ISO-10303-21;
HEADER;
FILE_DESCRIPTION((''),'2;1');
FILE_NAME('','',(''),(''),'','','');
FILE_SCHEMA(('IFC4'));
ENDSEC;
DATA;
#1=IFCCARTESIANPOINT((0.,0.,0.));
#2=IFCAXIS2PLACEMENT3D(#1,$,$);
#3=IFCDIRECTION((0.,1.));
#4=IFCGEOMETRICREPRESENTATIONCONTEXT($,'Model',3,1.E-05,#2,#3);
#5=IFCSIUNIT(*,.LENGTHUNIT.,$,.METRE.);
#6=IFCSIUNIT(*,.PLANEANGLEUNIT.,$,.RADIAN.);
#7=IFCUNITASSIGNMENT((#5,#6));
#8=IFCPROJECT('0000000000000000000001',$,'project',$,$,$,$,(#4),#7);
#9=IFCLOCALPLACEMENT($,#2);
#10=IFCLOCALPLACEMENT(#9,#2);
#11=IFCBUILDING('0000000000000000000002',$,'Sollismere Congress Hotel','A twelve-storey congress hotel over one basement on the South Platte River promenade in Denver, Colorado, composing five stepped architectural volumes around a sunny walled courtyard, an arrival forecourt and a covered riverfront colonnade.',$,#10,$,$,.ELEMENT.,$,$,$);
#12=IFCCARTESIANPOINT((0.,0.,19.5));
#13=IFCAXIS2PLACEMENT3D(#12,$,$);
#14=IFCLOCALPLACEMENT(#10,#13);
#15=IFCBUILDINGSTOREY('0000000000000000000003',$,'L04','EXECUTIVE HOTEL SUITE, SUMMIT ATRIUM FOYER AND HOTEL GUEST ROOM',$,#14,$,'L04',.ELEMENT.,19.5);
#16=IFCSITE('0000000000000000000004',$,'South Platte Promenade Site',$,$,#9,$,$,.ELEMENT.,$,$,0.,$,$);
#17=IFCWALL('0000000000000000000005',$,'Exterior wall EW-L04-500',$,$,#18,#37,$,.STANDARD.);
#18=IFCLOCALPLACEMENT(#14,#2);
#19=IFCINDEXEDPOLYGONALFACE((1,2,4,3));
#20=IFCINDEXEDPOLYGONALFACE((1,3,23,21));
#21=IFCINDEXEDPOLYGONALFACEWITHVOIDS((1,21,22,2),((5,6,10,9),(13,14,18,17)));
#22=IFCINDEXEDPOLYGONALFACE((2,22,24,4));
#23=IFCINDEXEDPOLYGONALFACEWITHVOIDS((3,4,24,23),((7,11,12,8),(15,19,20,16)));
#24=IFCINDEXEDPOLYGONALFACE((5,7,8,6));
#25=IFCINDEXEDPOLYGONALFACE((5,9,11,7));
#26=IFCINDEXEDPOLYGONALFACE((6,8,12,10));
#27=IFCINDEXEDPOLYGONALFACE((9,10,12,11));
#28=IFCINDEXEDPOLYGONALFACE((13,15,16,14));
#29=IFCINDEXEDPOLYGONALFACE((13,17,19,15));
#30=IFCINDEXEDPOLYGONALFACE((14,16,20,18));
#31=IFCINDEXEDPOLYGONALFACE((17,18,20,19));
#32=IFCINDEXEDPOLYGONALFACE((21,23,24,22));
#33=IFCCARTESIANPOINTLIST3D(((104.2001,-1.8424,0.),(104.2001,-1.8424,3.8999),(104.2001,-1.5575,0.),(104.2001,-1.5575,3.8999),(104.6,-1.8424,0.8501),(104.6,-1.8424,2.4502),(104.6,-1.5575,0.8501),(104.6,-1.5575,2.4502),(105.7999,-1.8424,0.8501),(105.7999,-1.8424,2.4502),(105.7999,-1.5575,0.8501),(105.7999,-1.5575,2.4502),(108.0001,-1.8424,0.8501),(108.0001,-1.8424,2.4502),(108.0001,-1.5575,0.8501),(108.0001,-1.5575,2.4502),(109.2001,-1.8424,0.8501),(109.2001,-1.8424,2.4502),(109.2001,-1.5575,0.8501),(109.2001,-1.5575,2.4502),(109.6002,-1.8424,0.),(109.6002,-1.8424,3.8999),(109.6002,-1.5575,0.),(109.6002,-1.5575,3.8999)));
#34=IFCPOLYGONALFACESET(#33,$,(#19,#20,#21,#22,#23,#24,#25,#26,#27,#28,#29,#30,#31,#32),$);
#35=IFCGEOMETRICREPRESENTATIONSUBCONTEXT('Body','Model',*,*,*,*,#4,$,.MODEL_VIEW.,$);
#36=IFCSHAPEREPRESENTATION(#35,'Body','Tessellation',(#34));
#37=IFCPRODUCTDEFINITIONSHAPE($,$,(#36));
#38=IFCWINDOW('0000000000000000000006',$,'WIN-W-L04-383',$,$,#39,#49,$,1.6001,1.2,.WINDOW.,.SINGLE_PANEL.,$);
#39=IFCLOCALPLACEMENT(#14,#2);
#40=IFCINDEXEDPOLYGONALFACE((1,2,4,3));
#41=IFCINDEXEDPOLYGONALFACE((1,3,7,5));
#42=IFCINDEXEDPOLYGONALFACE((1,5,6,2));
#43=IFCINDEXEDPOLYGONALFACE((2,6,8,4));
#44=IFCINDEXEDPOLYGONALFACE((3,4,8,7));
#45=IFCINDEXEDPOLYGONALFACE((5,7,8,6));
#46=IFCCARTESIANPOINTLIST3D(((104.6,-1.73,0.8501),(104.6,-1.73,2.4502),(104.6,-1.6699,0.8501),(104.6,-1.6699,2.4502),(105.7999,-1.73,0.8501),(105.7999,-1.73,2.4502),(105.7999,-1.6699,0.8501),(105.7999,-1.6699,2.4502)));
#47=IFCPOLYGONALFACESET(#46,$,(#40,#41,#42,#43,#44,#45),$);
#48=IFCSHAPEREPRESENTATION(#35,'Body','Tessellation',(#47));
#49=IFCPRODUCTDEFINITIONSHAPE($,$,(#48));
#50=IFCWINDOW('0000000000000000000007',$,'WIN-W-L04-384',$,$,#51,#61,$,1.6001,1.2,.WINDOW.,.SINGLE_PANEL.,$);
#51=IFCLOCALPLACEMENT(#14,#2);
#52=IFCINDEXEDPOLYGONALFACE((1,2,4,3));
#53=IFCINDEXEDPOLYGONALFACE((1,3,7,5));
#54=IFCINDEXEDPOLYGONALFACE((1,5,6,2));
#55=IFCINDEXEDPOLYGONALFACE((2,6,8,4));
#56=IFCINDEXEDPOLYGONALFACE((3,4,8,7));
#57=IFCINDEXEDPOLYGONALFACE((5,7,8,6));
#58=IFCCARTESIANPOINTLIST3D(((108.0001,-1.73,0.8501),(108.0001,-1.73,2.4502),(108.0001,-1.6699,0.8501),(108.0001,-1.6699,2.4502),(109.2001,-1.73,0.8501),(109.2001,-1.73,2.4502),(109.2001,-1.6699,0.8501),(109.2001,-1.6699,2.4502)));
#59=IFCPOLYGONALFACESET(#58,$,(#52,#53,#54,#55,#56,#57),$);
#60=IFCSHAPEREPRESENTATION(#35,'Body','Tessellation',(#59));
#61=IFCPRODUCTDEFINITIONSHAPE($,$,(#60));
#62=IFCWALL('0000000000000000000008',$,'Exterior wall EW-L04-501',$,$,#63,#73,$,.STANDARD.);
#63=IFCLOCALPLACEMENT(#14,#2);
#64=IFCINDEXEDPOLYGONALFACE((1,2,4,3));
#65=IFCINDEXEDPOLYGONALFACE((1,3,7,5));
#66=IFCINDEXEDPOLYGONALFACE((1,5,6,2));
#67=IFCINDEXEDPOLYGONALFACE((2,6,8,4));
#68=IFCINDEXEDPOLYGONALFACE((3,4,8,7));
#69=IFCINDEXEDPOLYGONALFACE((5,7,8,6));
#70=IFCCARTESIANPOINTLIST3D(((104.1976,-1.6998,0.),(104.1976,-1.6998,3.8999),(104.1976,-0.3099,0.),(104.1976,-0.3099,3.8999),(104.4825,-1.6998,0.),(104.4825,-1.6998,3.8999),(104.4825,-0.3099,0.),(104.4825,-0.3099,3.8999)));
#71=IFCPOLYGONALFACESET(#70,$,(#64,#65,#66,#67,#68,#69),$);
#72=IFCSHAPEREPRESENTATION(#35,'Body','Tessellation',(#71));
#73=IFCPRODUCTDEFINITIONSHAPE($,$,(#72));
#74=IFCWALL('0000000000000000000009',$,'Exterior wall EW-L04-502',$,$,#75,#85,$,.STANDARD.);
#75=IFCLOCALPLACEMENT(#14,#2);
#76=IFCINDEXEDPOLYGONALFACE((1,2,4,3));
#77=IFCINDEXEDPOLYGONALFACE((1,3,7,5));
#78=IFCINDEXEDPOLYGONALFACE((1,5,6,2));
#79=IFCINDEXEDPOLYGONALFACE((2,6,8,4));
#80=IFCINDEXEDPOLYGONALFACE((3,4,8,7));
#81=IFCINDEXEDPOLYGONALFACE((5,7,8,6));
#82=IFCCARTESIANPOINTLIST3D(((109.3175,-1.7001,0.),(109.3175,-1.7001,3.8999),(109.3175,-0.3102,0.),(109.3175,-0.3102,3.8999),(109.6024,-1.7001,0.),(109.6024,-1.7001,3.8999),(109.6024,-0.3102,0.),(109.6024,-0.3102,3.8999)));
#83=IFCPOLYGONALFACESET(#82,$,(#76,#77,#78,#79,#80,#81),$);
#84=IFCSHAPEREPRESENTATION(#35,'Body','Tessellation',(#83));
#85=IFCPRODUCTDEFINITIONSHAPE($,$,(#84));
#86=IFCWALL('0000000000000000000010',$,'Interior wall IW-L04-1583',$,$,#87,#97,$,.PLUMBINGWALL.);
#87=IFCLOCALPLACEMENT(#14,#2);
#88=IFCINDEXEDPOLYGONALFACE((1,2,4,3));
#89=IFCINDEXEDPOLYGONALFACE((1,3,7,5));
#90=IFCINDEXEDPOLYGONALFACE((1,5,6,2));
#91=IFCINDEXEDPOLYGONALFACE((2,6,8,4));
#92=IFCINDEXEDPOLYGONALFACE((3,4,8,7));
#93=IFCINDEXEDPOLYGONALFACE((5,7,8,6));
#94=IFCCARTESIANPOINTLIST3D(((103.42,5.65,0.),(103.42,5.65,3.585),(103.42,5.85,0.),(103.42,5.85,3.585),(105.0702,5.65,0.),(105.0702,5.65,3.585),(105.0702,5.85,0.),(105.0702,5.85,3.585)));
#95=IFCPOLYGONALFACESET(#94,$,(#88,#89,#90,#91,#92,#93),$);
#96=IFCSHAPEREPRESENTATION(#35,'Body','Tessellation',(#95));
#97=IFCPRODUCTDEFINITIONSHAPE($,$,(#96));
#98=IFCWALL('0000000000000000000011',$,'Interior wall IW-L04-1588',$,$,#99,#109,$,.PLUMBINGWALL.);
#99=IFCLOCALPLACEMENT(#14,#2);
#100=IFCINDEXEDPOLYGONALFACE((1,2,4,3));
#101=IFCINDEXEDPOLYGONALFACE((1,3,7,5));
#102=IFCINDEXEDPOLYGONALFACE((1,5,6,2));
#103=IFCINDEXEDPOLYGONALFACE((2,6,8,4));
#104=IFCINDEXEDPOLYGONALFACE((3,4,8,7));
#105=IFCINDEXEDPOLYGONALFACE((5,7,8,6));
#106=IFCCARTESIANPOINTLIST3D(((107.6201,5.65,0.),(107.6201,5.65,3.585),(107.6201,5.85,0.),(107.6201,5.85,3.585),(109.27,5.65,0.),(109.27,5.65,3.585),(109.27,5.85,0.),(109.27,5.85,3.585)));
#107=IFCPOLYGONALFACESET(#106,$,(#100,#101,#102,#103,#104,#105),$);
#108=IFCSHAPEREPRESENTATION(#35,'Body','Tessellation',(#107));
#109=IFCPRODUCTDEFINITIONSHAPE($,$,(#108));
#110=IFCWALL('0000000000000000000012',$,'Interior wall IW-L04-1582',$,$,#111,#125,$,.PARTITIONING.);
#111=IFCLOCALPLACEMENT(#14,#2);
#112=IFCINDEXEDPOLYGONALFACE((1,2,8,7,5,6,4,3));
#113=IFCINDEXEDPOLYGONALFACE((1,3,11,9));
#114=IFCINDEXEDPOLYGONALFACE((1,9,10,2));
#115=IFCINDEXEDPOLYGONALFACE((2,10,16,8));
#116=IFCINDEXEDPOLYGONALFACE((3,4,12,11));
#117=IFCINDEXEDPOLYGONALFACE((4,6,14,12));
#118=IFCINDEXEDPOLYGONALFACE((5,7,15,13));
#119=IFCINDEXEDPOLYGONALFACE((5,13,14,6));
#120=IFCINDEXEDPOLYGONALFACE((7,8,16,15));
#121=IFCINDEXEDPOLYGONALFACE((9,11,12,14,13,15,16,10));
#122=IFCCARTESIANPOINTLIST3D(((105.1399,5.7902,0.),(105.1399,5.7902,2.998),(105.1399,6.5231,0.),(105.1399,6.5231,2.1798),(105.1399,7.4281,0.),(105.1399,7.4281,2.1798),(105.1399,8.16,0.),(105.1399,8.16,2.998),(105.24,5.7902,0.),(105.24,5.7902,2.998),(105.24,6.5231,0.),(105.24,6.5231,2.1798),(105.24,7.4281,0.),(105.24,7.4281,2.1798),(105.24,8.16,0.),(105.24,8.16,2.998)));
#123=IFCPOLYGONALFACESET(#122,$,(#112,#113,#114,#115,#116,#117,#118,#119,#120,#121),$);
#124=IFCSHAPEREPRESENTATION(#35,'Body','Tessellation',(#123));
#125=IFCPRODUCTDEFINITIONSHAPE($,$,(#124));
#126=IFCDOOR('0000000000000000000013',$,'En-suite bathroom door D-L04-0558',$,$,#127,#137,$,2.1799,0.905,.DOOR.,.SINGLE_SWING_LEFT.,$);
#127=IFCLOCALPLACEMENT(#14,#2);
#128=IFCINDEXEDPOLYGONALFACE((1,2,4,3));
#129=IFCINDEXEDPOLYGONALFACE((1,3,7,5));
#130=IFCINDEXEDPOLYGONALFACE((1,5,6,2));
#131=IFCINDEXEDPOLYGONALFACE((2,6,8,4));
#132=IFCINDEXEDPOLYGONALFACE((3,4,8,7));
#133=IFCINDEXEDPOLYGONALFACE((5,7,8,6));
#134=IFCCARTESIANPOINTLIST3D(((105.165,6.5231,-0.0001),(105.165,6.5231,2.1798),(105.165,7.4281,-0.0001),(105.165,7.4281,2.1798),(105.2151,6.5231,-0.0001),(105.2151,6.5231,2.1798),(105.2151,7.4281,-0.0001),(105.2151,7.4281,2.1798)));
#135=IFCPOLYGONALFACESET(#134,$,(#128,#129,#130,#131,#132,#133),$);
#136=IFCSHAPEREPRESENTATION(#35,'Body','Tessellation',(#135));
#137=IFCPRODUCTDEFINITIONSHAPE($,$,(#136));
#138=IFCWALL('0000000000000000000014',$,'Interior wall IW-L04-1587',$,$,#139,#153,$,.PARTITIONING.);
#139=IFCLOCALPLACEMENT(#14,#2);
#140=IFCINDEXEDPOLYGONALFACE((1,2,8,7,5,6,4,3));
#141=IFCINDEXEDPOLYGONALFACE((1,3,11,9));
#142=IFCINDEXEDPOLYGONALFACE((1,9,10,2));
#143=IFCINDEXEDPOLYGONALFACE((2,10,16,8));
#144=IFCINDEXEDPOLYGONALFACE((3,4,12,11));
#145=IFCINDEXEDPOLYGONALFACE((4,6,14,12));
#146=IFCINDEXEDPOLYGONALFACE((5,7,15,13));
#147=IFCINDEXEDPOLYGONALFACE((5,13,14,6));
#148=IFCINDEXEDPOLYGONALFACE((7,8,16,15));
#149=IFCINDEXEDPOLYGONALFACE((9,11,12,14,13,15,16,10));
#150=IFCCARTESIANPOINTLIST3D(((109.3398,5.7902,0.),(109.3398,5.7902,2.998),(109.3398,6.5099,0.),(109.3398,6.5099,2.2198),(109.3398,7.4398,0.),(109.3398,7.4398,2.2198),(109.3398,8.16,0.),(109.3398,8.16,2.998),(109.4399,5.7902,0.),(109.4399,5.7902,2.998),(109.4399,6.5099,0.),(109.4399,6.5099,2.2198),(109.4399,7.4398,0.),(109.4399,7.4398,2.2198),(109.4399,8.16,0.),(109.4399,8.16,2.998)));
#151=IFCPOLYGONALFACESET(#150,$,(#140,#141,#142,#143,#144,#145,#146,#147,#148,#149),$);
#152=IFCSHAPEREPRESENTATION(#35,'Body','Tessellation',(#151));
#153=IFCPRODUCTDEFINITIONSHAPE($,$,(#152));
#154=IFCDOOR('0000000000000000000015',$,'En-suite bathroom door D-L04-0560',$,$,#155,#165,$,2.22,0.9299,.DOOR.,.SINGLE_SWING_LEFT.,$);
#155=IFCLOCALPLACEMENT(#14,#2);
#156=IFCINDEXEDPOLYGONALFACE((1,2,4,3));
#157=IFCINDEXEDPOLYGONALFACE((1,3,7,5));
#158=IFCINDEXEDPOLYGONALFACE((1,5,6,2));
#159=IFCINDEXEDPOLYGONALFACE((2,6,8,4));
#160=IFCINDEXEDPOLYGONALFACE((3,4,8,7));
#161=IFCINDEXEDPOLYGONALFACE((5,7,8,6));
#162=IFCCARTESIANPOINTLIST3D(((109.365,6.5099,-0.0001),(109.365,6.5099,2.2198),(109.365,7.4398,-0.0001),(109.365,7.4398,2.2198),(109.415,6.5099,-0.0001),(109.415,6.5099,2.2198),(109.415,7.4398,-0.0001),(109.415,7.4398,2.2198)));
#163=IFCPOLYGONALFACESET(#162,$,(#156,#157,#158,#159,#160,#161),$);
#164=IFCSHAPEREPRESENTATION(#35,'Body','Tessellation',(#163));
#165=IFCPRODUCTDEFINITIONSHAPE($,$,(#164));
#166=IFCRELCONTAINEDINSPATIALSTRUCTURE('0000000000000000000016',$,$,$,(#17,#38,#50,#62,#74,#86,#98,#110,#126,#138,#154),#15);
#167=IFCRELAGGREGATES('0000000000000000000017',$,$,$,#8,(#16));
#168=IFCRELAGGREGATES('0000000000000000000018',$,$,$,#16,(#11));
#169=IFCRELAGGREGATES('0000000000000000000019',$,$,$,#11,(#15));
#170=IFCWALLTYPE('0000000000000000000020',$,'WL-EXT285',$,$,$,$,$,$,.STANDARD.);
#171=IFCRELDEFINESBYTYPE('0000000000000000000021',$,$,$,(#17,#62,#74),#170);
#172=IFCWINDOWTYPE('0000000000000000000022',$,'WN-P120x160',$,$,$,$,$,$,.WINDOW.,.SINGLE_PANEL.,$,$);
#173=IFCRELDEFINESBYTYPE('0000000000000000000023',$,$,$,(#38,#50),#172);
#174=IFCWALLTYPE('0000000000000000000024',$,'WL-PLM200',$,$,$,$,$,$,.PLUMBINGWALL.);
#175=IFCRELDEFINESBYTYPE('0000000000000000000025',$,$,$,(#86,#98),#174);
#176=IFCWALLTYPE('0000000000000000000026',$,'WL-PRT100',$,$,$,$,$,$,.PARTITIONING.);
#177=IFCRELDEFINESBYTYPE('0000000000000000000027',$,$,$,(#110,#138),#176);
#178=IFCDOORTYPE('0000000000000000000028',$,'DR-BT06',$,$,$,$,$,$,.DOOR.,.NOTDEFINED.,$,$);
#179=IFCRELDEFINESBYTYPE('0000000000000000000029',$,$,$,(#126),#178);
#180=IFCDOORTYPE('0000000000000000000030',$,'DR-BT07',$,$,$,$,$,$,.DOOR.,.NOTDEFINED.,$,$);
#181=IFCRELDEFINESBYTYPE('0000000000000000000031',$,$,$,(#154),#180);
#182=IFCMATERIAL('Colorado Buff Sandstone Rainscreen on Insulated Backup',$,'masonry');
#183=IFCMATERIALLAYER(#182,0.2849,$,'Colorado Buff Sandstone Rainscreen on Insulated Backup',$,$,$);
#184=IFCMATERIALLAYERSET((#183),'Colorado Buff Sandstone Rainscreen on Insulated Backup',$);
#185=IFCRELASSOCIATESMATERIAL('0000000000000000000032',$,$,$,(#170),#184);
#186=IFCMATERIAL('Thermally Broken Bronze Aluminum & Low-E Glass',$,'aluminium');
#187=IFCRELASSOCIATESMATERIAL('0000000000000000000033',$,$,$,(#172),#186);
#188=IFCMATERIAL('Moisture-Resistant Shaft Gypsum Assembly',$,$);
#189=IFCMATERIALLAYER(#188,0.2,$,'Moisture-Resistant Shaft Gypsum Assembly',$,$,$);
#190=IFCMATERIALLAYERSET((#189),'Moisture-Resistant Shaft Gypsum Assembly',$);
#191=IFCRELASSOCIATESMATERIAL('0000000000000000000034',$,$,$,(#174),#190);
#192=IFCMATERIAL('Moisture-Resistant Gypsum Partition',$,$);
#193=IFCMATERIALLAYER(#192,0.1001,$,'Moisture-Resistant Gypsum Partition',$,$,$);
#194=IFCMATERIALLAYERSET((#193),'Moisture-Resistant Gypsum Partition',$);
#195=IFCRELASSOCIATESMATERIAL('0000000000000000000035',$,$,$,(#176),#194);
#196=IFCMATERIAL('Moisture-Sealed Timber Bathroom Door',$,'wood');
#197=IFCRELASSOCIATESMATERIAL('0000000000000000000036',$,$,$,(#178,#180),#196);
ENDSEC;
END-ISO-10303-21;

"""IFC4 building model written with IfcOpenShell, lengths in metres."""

from ifc_helpers import new_model, si_unit, direction, frame, frame_2d, origin, place, context, subcontext, project, spatial, rectangle, extrude, material, layer, layer_set, type_object, element, fill, save


model = new_model("IFC4")

# Units and contexts
model_context = context("Model", 3, precision=1e-05, world=origin(), true_north=direction((0.0, 1.0)))
body_context = subcontext(model_context, "Body", "Model", "MODEL_VIEW")
ifc_project = project(units=[si_unit("LENGTHUNIT", "METRE"), si_unit("PLANEANGLEUNIT", "RADIAN")], contexts=[model_context])

# Site, building, storey
site_placement = place(None, origin())
site = spatial("IfcSite", under=ifc_project, at=site_placement, Name="South Platte Promenade Site", CompositionType="ELEMENT", RefElevation=0.0)
building_placement = place(site_placement, origin())
building = spatial("IfcBuilding", under=site, at=building_placement, Name="Sollismere Congress Hotel", Description="A twelve-storey congress hotel over one basement on the South Platte River promenade in Denver, Colorado, composing five stepped architectural volumes around a sunny walled courtyard, an arrival forecourt and a covered riverfront colonnade.", CompositionType="ELEMENT")
storey_placement = place(building_placement, frame((0.0, 0.0, 19.5)))
storey = spatial("IfcBuildingStorey", under=building, at=storey_placement, Name="L04", Description="EXECUTIVE HOTEL SUITE, SUMMIT ATRIUM FOYER AND HOTEL GUEST ROOM", LongName="L04", CompositionType="ELEMENT", Elevation=19.5)

# Wall, openings, windows
ifc_material_1 = material(Name="Colorado Buff Sandstone Rainscreen on Insulated Backup", Category="masonry")
ifc_layer_1 = layer(ifc_material_1, 0.2849, Name="Colorado Buff Sandstone Rainscreen on Insulated Backup")
ifc_layer_set_1 = layer_set([ifc_layer_1], Name="Colorado Buff Sandstone Rainscreen on Insulated Backup")
wall_type_1 = type_object("IfcWallType", Name="WL-EXT285", PredefinedType="STANDARD", material=ifc_layer_set_1)
wall_1_placement = place(storey_placement, frame((104.2, -1.7, 0.0), z_axis=(0.0, 0.0, 1.0), x_axis=(1.0, 0.0, 0.0)))
wall_1 = element("IfcWall", 1, at=wall_1_placement, inside=storey, type_object=wall_type_1, Name="Exterior wall EW-L04-500", PredefinedType="STANDARD", context=body_context, shape_type="SweptSolid", body=[
    extrude(rectangle(XDim=5.4001, YDim=0.2849, at=frame_2d((2.7002, 0.0))), origin(), (0.0, 0.0, 1.0), 3.8999),
])
opening_1_placement = place(wall_1_placement, frame((0.3999, 0.0, 0.8501)))
opening_1 = element("IfcOpeningElement", 2, at=opening_1_placement, cuts=wall_1, PredefinedType="OPENING", context=body_context, shape_type="SweptSolid", body=[
    extrude(rectangle(XDim=1.2, YDim=1.6001, at=frame_2d((0.6001, 0.8))), frame((0.0, 0.1523, 0.0), z_axis=(0.0, -1.0, 0.0), x_axis=(1.0, 0.0, 0.0)), (0.0, 0.0, 1.0), 0.3049),
])
opening_2_placement = place(wall_1_placement, frame((3.8, 0.0, 0.8501)))
opening_2 = element("IfcOpeningElement", 3, at=opening_2_placement, cuts=wall_1, PredefinedType="OPENING", context=body_context, shape_type="SweptSolid", body=[
    extrude(rectangle(XDim=1.2, YDim=1.6001, at=frame_2d((0.6001, 0.8))), frame((0.0, 0.1523, 0.0), z_axis=(0.0, -1.0, 0.0), x_axis=(1.0, 0.0, 0.0)), (0.0, 0.0, 1.0), 0.3049),
])
ifc_material_2 = material(Name="Thermally Broken Bronze Aluminum & Low-E Glass", Category="aluminium")
window_type = type_object("IfcWindowType", Name="WN-P120x160", PartitioningType="SINGLE_PANEL", PredefinedType="WINDOW", material=ifc_material_2)
window_1_placement = place(opening_1_placement, origin())
window_1 = element("IfcWindow", 4, at=window_1_placement, inside=storey, type_object=window_type, Name="WIN-W-L04-383", OverallHeight=1.6001, OverallWidth=1.2, PartitioningType="SINGLE_PANEL", PredefinedType="WINDOW", context=body_context, shape_type="SweptSolid", body=[
    extrude(rectangle(XDim=1.2, YDim=1.6001, at=frame_2d((0.6001, 0.8))), frame((0.0, 0.03, 0.0), z_axis=(0.0, -1.0, 0.0), x_axis=(1.0, 0.0, 0.0)), (0.0, 0.0, 1.0), 0.0601),
])
fill(opening_1, window_1)
window_2_placement = place(opening_2_placement, origin())
window_2 = element("IfcWindow", 5, at=window_2_placement, inside=storey, type_object=window_type, Name="WIN-W-L04-384", OverallHeight=1.6001, OverallWidth=1.2, PartitioningType="SINGLE_PANEL", PredefinedType="WINDOW", context=body_context, shape_type="SweptSolid", body=[
    extrude(rectangle(XDim=1.2, YDim=1.6001, at=frame_2d((0.6001, 0.8))), frame((0.0, 0.03, 0.0), z_axis=(0.0, -1.0, 0.0), x_axis=(1.0, 0.0, 0.0)), (0.0, 0.0, 1.0), 0.0601),
])
fill(opening_2, window_2)

# Walls
for number, where, z_axis, x_axis, name in (
    (6, (104.3401, -0.3101, 0.0), (0.0, 0.0, 1.0), (0.0, -1.0, 0.0), "Exterior wall EW-L04-501"),
    (7, (109.46, -1.7, 0.0), (0.0, 0.0, 1.0), (0.0, 1.0, 0.0), "Exterior wall EW-L04-502"),
):
    element("IfcWall", number, at=place(storey_placement, frame(where, z_axis=z_axis, x_axis=x_axis)), inside=storey, type_object=wall_type_1, Name=name, PredefinedType="STANDARD", context=body_context, shape_type="SweptSolid", body=[
        extrude(rectangle(XDim=1.3899, YDim=0.2849, at=frame_2d((0.6948, 0.0))), origin(), (0.0, 0.0, 1.0), 3.8999),
    ])
ifc_material_3 = material(Name="Moisture-Resistant Shaft Gypsum Assembly")
ifc_layer_2 = layer(ifc_material_3, 0.2, Name="Moisture-Resistant Shaft Gypsum Assembly")
ifc_layer_set_2 = layer_set([ifc_layer_2], Name="Moisture-Resistant Shaft Gypsum Assembly")
wall_type_2 = type_object("IfcWallType", Name="WL-PLM200", PredefinedType="PLUMBINGWALL", material=ifc_layer_set_2)
wall_2_placement = place(storey_placement, frame((103.4199, 5.75, 0.0), z_axis=(0.0, 0.0, 1.0), x_axis=(1.0, 0.0, 0.0)))
element("IfcWall", 8, at=wall_2_placement, inside=storey, type_object=wall_type_2, Name="Interior wall IW-L04-1583", PredefinedType="PLUMBINGWALL", context=body_context, shape_type="SweptSolid", body=[
    extrude(rectangle(XDim=1.6501, YDim=0.2, at=frame_2d((0.8252, 0.0))), origin(), (0.0, 0.0, 1.0), 3.585),
])
wall_3_placement = place(storey_placement, frame((107.6201, 5.75, 0.0), z_axis=(0.0, 0.0, 1.0), x_axis=(1.0, 0.0, 0.0)))
element("IfcWall", 9, at=wall_3_placement, inside=storey, type_object=wall_type_2, Name="Interior wall IW-L04-1588", PredefinedType="PLUMBINGWALL", context=body_context, shape_type="SweptSolid", body=[
    extrude(rectangle(XDim=1.6499, YDim=0.2, at=frame_2d((0.825, 0.0))), origin(), (0.0, 0.0, 1.0), 3.585),
])

# Walls, openings, doors
ifc_material_4 = material(Name="Moisture-Resistant Gypsum Partition")
ifc_layer_3 = layer(ifc_material_4, 0.1001, Name="Moisture-Resistant Gypsum Partition")
ifc_layer_set_3 = layer_set([ifc_layer_3], Name="Moisture-Resistant Gypsum Partition")
wall_type_3 = type_object("IfcWallType", Name="WL-PRT100", PredefinedType="PARTITIONING", material=ifc_layer_set_3)
wall_4_placement = place(storey_placement, frame((105.1899, 5.79, 0.0), z_axis=(0.0, 0.0, 1.0), x_axis=(0.0, 1.0, 0.0)))
wall_4 = element("IfcWall", 10, at=wall_4_placement, inside=storey, type_object=wall_type_3, Name="Interior wall IW-L04-1582", PredefinedType="PARTITIONING", context=body_context, shape_type="SweptSolid", body=[
    extrude(rectangle(XDim=2.3699, YDim=0.1001, at=frame_2d((1.1851, 0.0))), origin(), (0.0, 0.0, 1.0), 2.998),
])
opening_3_placement = place(wall_4_placement, frame((0.7329, 0.0, 0.0)))
opening_3 = element("IfcOpeningElement", 11, at=opening_3_placement, cuts=wall_4, PredefinedType="OPENING", context=body_context, shape_type="SweptSolid", body=[
    extrude(rectangle(XDim=0.905, YDim=2.1799, at=frame_2d((0.4526, 1.0898))), frame((0.0, 0.0601, 0.0), z_axis=(0.0, -1.0, 0.0), x_axis=(1.0, 0.0, 0.0)), (0.0, 0.0, 1.0), 0.1201),
])
ifc_material_5 = material(Name="Moisture-Sealed Timber Bathroom Door", Category="wood")
door_type_1 = type_object("IfcDoorType", Name="DR-BT06", OperationType="NOTDEFINED", PredefinedType="DOOR", material=ifc_material_5)
door_1_placement = place(opening_3_placement, origin())
door_1 = element("IfcDoor", 12, at=door_1_placement, inside=storey, type_object=door_type_1, Name="En-suite bathroom door D-L04-0558", OperationType="SINGLE_SWING_LEFT", OverallHeight=2.1799, OverallWidth=0.905, PredefinedType="DOOR", context=body_context, shape_type="SweptSolid", body=[
    extrude(rectangle(XDim=0.905, YDim=2.1799, at=frame_2d((0.4526, 1.0898))), frame((0.0, 0.0249, 0.0), z_axis=(0.0, -1.0, 0.0), x_axis=(1.0, 0.0, 0.0)), (0.0, 0.0, 1.0), 0.05),
])
fill(opening_3, door_1)
wall_5_placement = place(storey_placement, frame((109.3899, 5.79, 0.0), z_axis=(0.0, 0.0, 1.0), x_axis=(0.0, 1.0, 0.0)))
wall_5 = element("IfcWall", 13, at=wall_5_placement, inside=storey, type_object=wall_type_3, Name="Interior wall IW-L04-1587", PredefinedType="PARTITIONING", context=body_context, shape_type="SweptSolid", body=[
    extrude(rectangle(XDim=2.3699, YDim=0.1001, at=frame_2d((1.1851, 0.0))), origin(), (0.0, 0.0, 1.0), 2.998),
])
opening_4_placement = place(wall_5_placement, frame((0.72, 0.0, 0.0)))
opening_4 = element("IfcOpeningElement", 14, at=opening_4_placement, cuts=wall_5, PredefinedType="OPENING", context=body_context, shape_type="SweptSolid", body=[
    extrude(rectangle(XDim=0.9299, YDim=2.22, at=frame_2d((0.4648, 1.1099))), frame((0.0, 0.0601, 0.0), z_axis=(0.0, -1.0, 0.0), x_axis=(1.0, 0.0, 0.0)), (0.0, 0.0, 1.0), 0.1201),
])
door_type_2 = type_object("IfcDoorType", Name="DR-BT07", OperationType="NOTDEFINED", PredefinedType="DOOR", material=ifc_material_5)
door_2_placement = place(opening_4_placement, origin())
door_2 = element("IfcDoor", 15, at=door_2_placement, inside=storey, type_object=door_type_2, Name="En-suite bathroom door D-L04-0560", OperationType="SINGLE_SWING_LEFT", OverallHeight=2.22, OverallWidth=0.9299, PredefinedType="DOOR", context=body_context, shape_type="SweptSolid", body=[
    extrude(rectangle(XDim=0.9299, YDim=2.22, at=frame_2d((0.4648, 1.1099))), frame((0.0, 0.0249, 0.0), z_axis=(0.0, -1.0, 0.0), x_axis=(1.0, 0.0, 0.0)), (0.0, 0.0, 1.0), 0.05),
])
fill(opening_4, door_2)

save(model, "model.ifc")
